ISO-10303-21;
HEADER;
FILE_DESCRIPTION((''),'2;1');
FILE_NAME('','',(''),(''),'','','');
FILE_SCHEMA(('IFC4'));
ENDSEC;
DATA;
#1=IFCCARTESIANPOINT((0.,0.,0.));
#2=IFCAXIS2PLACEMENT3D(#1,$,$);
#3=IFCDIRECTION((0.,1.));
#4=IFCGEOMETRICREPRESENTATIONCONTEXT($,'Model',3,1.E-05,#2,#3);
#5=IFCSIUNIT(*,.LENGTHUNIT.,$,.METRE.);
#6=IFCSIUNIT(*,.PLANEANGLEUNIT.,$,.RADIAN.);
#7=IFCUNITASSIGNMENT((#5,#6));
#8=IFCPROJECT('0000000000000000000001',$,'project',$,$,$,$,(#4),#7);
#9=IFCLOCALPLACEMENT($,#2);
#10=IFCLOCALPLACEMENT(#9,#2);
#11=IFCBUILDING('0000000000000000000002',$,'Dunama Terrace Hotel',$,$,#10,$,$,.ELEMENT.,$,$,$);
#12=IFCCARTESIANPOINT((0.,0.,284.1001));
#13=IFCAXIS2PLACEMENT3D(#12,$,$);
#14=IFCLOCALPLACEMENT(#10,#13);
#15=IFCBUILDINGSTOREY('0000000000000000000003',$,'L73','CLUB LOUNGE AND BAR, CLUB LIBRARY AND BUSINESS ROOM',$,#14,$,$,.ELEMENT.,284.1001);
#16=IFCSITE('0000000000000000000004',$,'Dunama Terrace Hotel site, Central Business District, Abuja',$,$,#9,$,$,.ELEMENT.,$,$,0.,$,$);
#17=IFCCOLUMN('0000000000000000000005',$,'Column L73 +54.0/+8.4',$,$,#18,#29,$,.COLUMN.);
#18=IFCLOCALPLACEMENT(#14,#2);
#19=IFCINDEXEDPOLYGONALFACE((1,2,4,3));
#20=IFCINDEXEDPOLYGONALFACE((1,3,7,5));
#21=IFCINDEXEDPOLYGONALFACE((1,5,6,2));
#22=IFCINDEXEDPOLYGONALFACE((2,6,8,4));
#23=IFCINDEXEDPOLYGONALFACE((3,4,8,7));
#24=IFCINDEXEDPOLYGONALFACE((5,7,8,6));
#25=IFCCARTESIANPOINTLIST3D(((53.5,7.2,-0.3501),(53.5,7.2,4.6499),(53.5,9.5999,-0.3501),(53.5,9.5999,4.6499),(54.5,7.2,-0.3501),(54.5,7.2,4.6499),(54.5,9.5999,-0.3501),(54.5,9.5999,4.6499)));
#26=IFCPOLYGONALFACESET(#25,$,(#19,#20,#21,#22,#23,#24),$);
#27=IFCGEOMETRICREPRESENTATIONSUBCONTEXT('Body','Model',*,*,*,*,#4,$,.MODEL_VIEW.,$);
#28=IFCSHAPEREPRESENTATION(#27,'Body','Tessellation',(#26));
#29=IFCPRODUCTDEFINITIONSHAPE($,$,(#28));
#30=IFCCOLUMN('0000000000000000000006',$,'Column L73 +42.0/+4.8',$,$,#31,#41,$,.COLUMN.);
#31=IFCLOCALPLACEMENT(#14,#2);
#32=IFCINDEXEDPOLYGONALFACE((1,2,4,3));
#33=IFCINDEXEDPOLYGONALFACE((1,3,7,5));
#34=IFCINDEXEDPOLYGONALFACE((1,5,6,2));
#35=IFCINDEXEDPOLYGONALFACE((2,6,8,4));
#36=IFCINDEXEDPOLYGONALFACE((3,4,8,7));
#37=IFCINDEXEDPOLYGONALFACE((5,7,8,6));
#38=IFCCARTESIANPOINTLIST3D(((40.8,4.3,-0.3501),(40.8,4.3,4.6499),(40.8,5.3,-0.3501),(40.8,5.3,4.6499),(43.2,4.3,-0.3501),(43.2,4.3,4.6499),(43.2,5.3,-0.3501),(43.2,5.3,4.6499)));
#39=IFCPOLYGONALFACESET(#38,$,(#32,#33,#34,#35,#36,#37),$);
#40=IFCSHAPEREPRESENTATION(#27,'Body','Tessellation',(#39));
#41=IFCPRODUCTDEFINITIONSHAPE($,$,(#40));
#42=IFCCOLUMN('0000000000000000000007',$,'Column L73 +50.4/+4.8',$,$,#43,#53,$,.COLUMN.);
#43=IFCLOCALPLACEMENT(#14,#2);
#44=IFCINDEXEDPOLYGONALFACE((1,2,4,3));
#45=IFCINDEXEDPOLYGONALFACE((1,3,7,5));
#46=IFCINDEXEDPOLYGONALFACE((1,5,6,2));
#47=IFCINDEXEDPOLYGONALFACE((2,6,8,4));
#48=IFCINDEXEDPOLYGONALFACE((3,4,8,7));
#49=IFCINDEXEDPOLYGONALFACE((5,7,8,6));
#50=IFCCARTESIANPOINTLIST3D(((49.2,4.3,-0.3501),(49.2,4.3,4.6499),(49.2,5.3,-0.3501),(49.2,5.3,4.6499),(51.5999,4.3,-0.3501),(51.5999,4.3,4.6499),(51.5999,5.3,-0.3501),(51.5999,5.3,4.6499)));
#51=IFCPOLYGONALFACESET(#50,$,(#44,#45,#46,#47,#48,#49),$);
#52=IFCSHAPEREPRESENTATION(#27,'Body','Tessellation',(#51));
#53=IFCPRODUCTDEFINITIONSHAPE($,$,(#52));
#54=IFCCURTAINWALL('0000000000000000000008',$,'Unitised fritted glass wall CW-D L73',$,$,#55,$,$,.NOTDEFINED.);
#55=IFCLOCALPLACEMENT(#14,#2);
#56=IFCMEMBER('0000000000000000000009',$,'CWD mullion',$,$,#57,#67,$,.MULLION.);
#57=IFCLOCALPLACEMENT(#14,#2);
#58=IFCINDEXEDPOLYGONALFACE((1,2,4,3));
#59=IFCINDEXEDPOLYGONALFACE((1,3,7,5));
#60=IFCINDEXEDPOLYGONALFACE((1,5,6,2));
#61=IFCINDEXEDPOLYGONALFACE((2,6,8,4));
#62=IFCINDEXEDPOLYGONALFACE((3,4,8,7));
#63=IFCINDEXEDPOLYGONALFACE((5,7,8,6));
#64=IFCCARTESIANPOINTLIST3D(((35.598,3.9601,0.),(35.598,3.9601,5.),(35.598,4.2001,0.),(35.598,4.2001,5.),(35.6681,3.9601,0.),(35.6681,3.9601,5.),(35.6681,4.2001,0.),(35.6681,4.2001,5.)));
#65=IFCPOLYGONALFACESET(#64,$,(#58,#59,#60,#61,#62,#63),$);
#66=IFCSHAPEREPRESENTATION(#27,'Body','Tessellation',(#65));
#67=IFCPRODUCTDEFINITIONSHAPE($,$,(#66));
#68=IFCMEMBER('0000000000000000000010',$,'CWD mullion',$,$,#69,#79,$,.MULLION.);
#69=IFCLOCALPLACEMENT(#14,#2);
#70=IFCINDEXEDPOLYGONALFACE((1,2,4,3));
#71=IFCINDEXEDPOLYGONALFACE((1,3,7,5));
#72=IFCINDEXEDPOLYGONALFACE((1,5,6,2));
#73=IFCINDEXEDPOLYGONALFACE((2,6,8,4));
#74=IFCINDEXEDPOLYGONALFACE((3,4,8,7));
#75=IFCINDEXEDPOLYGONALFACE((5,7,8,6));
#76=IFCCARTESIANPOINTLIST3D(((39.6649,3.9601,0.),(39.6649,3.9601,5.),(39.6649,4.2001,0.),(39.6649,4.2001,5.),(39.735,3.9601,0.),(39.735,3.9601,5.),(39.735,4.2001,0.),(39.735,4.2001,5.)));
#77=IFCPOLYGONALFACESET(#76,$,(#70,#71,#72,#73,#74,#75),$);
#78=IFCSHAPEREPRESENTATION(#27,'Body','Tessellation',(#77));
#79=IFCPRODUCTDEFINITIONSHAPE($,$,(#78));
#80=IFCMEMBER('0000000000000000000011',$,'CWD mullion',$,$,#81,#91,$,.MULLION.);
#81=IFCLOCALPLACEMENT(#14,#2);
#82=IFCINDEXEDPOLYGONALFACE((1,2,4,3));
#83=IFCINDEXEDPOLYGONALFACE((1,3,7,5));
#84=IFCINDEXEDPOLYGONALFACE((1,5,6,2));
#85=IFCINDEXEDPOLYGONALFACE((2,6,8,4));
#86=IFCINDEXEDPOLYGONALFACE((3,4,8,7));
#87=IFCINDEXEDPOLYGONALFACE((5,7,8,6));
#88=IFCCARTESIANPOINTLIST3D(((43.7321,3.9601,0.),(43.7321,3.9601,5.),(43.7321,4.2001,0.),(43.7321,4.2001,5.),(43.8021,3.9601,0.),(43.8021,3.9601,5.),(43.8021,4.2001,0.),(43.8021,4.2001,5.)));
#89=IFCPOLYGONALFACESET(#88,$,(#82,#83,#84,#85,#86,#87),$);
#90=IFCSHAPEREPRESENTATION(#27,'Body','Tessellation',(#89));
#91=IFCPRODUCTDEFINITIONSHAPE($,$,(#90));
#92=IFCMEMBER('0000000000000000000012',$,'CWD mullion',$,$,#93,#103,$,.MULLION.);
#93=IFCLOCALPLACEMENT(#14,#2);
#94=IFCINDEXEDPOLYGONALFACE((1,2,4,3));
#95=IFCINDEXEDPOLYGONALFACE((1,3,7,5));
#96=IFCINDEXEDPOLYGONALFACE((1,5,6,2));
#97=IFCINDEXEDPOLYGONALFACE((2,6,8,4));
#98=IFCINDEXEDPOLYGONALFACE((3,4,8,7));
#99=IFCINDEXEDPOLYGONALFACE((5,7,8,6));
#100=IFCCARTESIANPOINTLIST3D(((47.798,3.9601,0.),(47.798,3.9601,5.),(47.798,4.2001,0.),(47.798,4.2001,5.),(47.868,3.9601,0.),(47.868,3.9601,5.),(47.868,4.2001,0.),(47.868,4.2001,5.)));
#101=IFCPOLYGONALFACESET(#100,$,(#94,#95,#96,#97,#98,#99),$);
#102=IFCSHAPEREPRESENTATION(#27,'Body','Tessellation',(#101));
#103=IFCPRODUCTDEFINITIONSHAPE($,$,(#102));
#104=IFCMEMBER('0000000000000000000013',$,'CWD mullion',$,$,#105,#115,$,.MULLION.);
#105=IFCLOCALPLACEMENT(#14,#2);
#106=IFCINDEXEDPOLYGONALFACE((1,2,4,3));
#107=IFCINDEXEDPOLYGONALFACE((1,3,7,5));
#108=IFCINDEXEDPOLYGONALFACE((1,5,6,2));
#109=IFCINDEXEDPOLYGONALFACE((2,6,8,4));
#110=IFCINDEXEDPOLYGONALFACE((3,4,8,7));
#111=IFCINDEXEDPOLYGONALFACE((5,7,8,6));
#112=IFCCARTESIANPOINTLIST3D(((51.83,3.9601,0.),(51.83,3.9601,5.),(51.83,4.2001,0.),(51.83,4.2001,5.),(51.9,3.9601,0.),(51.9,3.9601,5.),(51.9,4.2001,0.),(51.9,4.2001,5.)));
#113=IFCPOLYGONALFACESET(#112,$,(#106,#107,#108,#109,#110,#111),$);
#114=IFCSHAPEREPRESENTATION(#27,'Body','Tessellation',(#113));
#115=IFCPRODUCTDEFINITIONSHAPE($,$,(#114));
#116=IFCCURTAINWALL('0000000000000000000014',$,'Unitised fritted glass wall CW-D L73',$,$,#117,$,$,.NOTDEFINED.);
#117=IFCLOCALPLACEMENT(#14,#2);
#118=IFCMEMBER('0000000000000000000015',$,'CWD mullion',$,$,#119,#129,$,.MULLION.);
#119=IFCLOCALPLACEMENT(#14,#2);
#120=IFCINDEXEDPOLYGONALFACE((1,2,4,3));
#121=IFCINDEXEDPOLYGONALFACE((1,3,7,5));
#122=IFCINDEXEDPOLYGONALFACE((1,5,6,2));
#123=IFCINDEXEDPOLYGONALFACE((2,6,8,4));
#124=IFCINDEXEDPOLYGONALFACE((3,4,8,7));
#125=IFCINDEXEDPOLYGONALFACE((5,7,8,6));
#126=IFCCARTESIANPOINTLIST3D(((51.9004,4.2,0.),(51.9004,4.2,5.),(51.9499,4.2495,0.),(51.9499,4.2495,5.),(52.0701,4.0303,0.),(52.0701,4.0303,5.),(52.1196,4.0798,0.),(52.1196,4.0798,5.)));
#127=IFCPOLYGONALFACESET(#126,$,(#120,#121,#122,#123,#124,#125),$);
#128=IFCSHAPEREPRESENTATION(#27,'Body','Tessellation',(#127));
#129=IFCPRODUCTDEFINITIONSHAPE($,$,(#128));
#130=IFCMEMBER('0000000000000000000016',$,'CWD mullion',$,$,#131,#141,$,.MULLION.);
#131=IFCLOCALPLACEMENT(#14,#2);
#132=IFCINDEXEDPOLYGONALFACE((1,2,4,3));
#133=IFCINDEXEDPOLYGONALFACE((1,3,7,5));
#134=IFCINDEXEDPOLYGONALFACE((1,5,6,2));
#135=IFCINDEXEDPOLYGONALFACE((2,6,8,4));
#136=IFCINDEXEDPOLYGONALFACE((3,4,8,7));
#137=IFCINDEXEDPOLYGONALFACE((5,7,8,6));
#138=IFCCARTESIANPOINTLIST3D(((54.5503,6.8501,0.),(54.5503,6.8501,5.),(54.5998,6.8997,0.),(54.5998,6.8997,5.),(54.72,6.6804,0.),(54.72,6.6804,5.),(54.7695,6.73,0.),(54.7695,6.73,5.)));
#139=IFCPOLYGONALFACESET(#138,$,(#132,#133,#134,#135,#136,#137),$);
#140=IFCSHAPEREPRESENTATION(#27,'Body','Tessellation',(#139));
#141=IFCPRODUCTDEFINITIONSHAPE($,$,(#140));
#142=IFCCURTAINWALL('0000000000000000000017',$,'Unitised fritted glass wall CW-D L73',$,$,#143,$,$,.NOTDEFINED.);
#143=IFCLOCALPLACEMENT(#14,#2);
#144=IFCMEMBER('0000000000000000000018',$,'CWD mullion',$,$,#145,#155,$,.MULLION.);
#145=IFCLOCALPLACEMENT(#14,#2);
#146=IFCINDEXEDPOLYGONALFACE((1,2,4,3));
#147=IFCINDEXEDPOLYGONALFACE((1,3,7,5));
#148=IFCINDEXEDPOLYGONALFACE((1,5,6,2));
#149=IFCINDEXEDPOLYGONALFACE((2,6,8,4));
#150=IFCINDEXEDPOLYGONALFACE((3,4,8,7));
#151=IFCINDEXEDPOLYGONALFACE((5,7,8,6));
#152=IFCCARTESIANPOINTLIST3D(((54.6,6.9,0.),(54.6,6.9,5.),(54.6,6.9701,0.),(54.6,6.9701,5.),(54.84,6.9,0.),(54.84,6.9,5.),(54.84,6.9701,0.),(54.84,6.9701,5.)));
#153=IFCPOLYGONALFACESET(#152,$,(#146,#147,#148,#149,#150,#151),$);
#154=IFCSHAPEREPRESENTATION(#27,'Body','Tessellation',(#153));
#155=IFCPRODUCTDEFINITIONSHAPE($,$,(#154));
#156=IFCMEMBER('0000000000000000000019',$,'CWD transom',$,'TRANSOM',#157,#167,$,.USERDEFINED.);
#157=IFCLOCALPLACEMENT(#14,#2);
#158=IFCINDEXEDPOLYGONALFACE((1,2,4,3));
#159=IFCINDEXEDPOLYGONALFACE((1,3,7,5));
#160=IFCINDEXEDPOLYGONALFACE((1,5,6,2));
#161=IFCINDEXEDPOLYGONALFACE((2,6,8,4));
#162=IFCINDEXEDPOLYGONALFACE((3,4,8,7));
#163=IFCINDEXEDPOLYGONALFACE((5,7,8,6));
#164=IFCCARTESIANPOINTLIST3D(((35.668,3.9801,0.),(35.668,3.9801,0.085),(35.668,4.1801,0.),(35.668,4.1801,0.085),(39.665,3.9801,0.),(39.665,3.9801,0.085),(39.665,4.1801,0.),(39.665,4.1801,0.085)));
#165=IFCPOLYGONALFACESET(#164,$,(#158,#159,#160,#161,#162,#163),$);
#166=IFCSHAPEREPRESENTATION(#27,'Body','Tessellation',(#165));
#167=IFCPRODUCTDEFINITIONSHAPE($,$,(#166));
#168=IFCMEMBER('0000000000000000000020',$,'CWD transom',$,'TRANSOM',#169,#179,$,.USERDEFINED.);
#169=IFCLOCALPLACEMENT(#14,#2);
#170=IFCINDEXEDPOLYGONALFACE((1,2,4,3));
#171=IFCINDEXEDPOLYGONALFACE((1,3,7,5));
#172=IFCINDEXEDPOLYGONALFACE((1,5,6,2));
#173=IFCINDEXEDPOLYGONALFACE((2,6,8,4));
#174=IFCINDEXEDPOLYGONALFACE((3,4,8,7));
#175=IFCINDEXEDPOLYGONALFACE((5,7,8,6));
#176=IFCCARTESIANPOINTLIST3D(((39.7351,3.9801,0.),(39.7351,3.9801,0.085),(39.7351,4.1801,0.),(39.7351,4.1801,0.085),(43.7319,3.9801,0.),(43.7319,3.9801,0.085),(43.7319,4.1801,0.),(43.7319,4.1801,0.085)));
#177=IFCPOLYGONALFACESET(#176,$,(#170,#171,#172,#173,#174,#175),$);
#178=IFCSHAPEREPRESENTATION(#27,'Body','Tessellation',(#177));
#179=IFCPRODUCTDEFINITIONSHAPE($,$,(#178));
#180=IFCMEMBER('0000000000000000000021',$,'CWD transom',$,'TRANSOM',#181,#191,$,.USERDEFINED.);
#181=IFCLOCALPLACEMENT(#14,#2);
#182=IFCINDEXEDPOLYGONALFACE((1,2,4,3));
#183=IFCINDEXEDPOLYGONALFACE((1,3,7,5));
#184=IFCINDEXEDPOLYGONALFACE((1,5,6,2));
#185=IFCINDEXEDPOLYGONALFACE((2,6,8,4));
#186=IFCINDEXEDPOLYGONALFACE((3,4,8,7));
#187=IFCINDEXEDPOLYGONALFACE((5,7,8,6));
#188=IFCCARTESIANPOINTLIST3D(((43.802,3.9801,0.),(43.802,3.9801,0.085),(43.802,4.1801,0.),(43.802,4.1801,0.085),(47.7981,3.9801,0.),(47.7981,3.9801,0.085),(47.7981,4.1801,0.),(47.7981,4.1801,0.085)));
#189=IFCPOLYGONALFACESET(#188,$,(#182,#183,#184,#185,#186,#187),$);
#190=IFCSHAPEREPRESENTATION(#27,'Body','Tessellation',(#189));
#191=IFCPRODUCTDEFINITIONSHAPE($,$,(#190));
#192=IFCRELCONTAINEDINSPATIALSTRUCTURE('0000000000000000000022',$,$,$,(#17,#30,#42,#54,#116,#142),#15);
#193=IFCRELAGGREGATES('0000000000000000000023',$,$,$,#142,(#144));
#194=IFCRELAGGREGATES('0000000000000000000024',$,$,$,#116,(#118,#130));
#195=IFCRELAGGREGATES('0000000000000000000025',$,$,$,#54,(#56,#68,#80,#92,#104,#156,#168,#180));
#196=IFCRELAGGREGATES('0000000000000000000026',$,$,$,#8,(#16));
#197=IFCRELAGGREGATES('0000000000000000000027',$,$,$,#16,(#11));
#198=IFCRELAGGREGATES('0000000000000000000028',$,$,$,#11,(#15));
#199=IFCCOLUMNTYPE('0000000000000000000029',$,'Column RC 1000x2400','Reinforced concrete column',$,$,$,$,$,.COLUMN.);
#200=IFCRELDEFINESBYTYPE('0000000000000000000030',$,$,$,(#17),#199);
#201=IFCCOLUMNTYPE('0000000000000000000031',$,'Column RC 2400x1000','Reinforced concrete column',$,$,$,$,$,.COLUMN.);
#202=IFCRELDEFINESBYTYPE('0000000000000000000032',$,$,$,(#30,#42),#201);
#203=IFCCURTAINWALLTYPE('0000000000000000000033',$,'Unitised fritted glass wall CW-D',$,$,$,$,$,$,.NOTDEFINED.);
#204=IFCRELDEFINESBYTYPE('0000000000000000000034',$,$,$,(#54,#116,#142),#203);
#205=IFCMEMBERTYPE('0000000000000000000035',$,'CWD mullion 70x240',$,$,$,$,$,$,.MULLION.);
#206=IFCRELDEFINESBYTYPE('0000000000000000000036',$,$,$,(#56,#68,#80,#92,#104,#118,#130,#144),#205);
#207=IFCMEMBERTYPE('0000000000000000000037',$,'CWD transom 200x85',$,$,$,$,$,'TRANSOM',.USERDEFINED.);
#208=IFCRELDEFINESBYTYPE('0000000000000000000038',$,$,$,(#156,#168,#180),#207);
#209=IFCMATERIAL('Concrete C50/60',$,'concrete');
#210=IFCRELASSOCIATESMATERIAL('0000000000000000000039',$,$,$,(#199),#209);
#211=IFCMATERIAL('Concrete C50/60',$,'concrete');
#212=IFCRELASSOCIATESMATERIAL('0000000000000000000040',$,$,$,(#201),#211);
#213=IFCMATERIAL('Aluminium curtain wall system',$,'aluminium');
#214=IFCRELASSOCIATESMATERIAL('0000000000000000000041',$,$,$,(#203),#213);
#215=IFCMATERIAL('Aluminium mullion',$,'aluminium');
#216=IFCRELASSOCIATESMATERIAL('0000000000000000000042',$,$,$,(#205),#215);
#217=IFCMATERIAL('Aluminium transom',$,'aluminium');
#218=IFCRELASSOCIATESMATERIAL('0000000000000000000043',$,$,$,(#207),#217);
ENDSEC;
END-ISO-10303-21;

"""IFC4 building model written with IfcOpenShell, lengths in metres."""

from ifc_helpers import new_model, si_unit, direction, frame, origin, origin_2d, place, context, subcontext, project, spatial, rectangle, extrude, material, material_profile, profile_set, type_object, element, aggregate, save


model = new_model("IFC4")

# Units and contexts
model_context = context("Model", 3, precision=1e-05, world=origin(), true_north=direction((0.0, 1.0)))
body_context = subcontext(model_context, "Body", "Model", "MODEL_VIEW")
ifc_project = project(units=[si_unit("LENGTHUNIT", "METRE"), si_unit("PLANEANGLEUNIT", "RADIAN")], contexts=[model_context])

# Site, building, storey
site_placement = place(None, origin())
site = spatial("IfcSite", under=ifc_project, at=site_placement, Name="Dunama Terrace Hotel site, Central Business District, Abuja", CompositionType="ELEMENT", RefElevation=0.0)
building_placement = place(site_placement, origin())
building = spatial("IfcBuilding", under=site, at=building_placement, Name="Dunama Terrace Hotel", CompositionType="ELEMENT")
storey_placement = place(building_placement, frame((0.0, 0.0, 284.1001)))
storey = spatial("IfcBuildingStorey", under=building, at=storey_placement, Name="L73", Description="CLUB LOUNGE AND BAR, CLUB LIBRARY AND BUSINESS ROOM", CompositionType="ELEMENT", Elevation=284.1001)

# Columns
ifc_material_1 = material(Name="Concrete C50/60", Category="concrete")
ifc_material_profile_1 = material_profile(ifc_material_1, rectangle(XDim=1.0, YDim=2.3999, at=origin_2d()), Name="RC 1000x2400")
ifc_profile_set_1 = profile_set([ifc_material_profile_1], Name="Concrete C50/60")
column_type_1 = type_object("IfcColumnType", Name="Column RC 1000x2400", Description="Reinforced concrete column", PredefinedType="COLUMN", material=ifc_profile_set_1)
column_placement = place(storey_placement, frame((54.0, 8.3999, -0.3501), z_axis=(0.0, 0.0, 1.0), x_axis=(1.0, 0.0, 0.0)))
element("IfcColumn", 1, at=column_placement, inside=storey, type_object=column_type_1, Name="Column L73 +54.0/+8.4", PredefinedType="COLUMN", context=body_context, shape_type="SweptSolid", body=[
    extrude(rectangle(XDim=1.0, YDim=2.3999, at=origin_2d()), origin(), (0.0, 0.0, 1.0), 5.0),
])
ifc_material_2 = material(Name="Concrete C50/60", Category="concrete")
ifc_material_profile_2 = material_profile(ifc_material_2, rectangle(XDim=2.3999, YDim=1.0, at=origin_2d()), Name="RC 2400x1000")
ifc_profile_set_2 = profile_set([ifc_material_profile_2], Name="Concrete C50/60")
column_type_2 = type_object("IfcColumnType", Name="Column RC 2400x1000", Description="Reinforced concrete column", PredefinedType="COLUMN", material=ifc_profile_set_2)
for number, where, z_axis, x_axis, name in (
    (2, (42.0, 4.8, -0.3501), (0.0, 0.0, 1.0), (1.0, 0.0, 0.0), "Column L73 +42.0/+4.8"),
    (3, (50.3999, 4.8, -0.3501), (0.0, 0.0, 1.0), (1.0, 0.0, 0.0), "Column L73 +50.4/+4.8"),
):
    element("IfcColumn", number, at=place(storey_placement, frame(where, z_axis=z_axis, x_axis=x_axis)), inside=storey, type_object=column_type_2, Name=name, PredefinedType="COLUMN", context=body_context, shape_type="SweptSolid", body=[
        extrude(rectangle(XDim=2.3999, YDim=1.0, at=origin_2d()), origin(), (0.0, 0.0, 1.0), 5.0),
    ])

# Curtain walls, members
ifc_material_3 = material(Name="Aluminium curtain wall system", Category="aluminium")
curtain_wall_type = type_object("IfcCurtainWallType", Name="Unitised fritted glass wall CW-D", PredefinedType="NOTDEFINED", material=ifc_material_3)
curtain_wall_1_placement = place(storey_placement, origin())
curtain_wall_1 = element("IfcCurtainWall", 4, at=curtain_wall_1_placement, inside=storey, type_object=curtain_wall_type, Name="Unitised fritted glass wall CW-D L73", PredefinedType="NOTDEFINED")
ifc_material_4 = material(Name="Aluminium mullion", Category="aluminium")
ifc_material_profile_3 = material_profile(ifc_material_4, rectangle(XDim=0.0701, YDim=0.24, at=origin_2d()), Name="CWD MULLION 70X240")
ifc_profile_set_3 = profile_set([ifc_material_profile_3], Name="Aluminium mullion")
member_type_1 = type_object("IfcMemberType", Name="CWD mullion 70x240", PredefinedType="MULLION", material=ifc_profile_set_3)
member_1_placement = place(storey_placement, frame((35.6331, 4.0801, 0.0), z_axis=(0.0, 0.0, 1.0), x_axis=(1.0, 0.0, 0.0)))
member_1 = element("IfcMember", 5, at=member_1_placement, type_object=member_type_1, Name="CWD mullion", PredefinedType="MULLION", context=body_context, shape_type="SweptSolid", body=[
    extrude(rectangle(XDim=0.0701, YDim=0.24, at=origin_2d()), origin(), (0.0, 0.0, 1.0), 5.0),
])
member_2_placement = place(storey_placement, frame((39.7, 4.0801, 0.0), z_axis=(0.0, 0.0, 1.0), x_axis=(1.0, 0.0, 0.0)))
member_2 = element("IfcMember", 6, at=member_2_placement, type_object=member_type_1, Name="CWD mullion", PredefinedType="MULLION", context=body_context, shape_type="SweptSolid", body=[
    extrude(rectangle(XDim=0.0701, YDim=0.24, at=origin_2d()), origin(), (0.0, 0.0, 1.0), 5.0),
])
member_3_placement = place(storey_placement, frame((43.7671, 4.0801, 0.0), z_axis=(0.0, 0.0, 1.0), x_axis=(1.0, 0.0, 0.0)))
member_3 = element("IfcMember", 7, at=member_3_placement, type_object=member_type_1, Name="CWD mullion", PredefinedType="MULLION", context=body_context, shape_type="SweptSolid", body=[
    extrude(rectangle(XDim=0.0701, YDim=0.24, at=origin_2d()), origin(), (0.0, 0.0, 1.0), 5.0),
])
member_4_placement = place(storey_placement, frame((47.833, 4.0801, 0.0), z_axis=(0.0, 0.0, 1.0), x_axis=(1.0, 0.0, 0.0)))
member_4 = element("IfcMember", 8, at=member_4_placement, type_object=member_type_1, Name="CWD mullion", PredefinedType="MULLION", context=body_context, shape_type="SweptSolid", body=[
    extrude(rectangle(XDim=0.0701, YDim=0.24, at=origin_2d()), origin(), (0.0, 0.0, 1.0), 5.0),
])
member_5_placement = place(storey_placement, frame((51.865, 4.0801, 0.0), z_axis=(0.0, 0.0, 1.0), x_axis=(1.0, 0.0, 0.0)))
member_5 = element("IfcMember", 9, at=member_5_placement, type_object=member_type_1, Name="CWD mullion", PredefinedType="MULLION", context=body_context, shape_type="SweptSolid", body=[
    extrude(rectangle(XDim=0.0701, YDim=0.24, at=origin_2d()), origin(), (0.0, 0.0, 1.0), 5.0),
])
curtain_wall_2_placement = place(storey_placement, origin())
curtain_wall_2 = element("IfcCurtainWall", 10, at=curtain_wall_2_placement, inside=storey, type_object=curtain_wall_type, Name="Unitised fritted glass wall CW-D L73", PredefinedType="NOTDEFINED")
member_6_placement = place(storey_placement, frame((52.01, 4.1399, 0.0), z_axis=(0.0, 0.0, 1.0), x_axis=(0.707107, 0.707107, 0.0)))
member_6 = element("IfcMember", 11, at=member_6_placement, type_object=member_type_1, Name="CWD mullion", PredefinedType="MULLION", context=body_context, shape_type="SweptSolid", body=[
    extrude(rectangle(XDim=0.0701, YDim=0.24, at=origin_2d()), origin(), (0.0, 0.0, 1.0), 5.0),
])
member_7_placement = place(storey_placement, frame((54.6599, 6.79, 0.0), z_axis=(0.0, 0.0, 1.0), x_axis=(0.707107, 0.707107, 0.0)))
member_7 = element("IfcMember", 12, at=member_7_placement, type_object=member_type_1, Name="CWD mullion", PredefinedType="MULLION", context=body_context, shape_type="SweptSolid", body=[
    extrude(rectangle(XDim=0.0701, YDim=0.24, at=origin_2d()), origin(), (0.0, 0.0, 1.0), 5.0),
])

# Curtain wall, member
curtain_wall_3_placement = place(storey_placement, origin())
curtain_wall_3 = element("IfcCurtainWall", 13, at=curtain_wall_3_placement, inside=storey, type_object=curtain_wall_type, Name="Unitised fritted glass wall CW-D L73", PredefinedType="NOTDEFINED")
member_8_placement = place(storey_placement, frame((54.72, 6.9351, 0.0), z_axis=(0.0, 0.0, 1.0), x_axis=(0.0, 1.0, 0.0)))
member_8 = element("IfcMember", 14, at=member_8_placement, type_object=member_type_1, Name="CWD mullion", PredefinedType="MULLION", context=body_context, shape_type="SweptSolid", body=[
    extrude(rectangle(XDim=0.0701, YDim=0.24, at=origin_2d()), origin(), (0.0, 0.0, 1.0), 5.0),
])

# Members
ifc_material_5 = material(Name="Aluminium transom", Category="aluminium")
ifc_material_profile_4 = material_profile(ifc_material_5, rectangle(XDim=0.2, YDim=0.085, at=origin_2d()), Name="CWD TRANSOM 200X85")
ifc_profile_set_4 = profile_set([ifc_material_profile_4], Name="Aluminium transom")
member_type_2 = type_object("IfcMemberType", Name="CWD transom 200x85", ElementType="TRANSOM", PredefinedType="USERDEFINED", material=ifc_profile_set_4)
member_9_placement = place(storey_placement, frame((35.668, 4.0801, 0.0425), z_axis=(1.0, 0.0, 0.0), x_axis=(0.0, 1.0, 0.0)))
member_9 = element("IfcMember", 15, at=member_9_placement, type_object=member_type_2, Name="CWD transom", ObjectType="TRANSOM", PredefinedType="USERDEFINED", context=body_context, shape_type="SweptSolid", body=[
    extrude(rectangle(XDim=0.2, YDim=0.085, at=origin_2d()), origin(), (0.0, 0.0, 1.0), 3.9971),
])
member_10_placement = place(storey_placement, frame((39.7351, 4.0801, 0.0425), z_axis=(1.0, 0.0, 0.0), x_axis=(0.0, 1.0, 0.0)))
member_10 = element("IfcMember", 16, at=member_10_placement, type_object=member_type_2, Name="CWD transom", ObjectType="TRANSOM", PredefinedType="USERDEFINED", context=body_context, shape_type="SweptSolid", body=[
    extrude(rectangle(XDim=0.2, YDim=0.085, at=origin_2d()), origin(), (0.0, 0.0, 1.0), 3.9968),
])
member_11_placement = place(storey_placement, frame((43.802, 4.0801, 0.0425), z_axis=(1.0, 0.0, 0.0), x_axis=(0.0, 1.0, 0.0)))
member_11 = element("IfcMember", 17, at=member_11_placement, type_object=member_type_2, Name="CWD transom", ObjectType="TRANSOM", PredefinedType="USERDEFINED", context=body_context, shape_type="SweptSolid", body=[
    extrude(rectangle(XDim=0.2, YDim=0.085, at=origin_2d()), origin(), (0.0, 0.0, 1.0), 3.9961),
])
aggregate(curtain_wall_3, [member_8])

aggregate(curtain_wall_2, [member_6, member_7])
aggregate(curtain_wall_1, [member_1, member_2, member_3, member_4, member_5, member_9, member_10, member_11])

save(model, "model.ifc")
